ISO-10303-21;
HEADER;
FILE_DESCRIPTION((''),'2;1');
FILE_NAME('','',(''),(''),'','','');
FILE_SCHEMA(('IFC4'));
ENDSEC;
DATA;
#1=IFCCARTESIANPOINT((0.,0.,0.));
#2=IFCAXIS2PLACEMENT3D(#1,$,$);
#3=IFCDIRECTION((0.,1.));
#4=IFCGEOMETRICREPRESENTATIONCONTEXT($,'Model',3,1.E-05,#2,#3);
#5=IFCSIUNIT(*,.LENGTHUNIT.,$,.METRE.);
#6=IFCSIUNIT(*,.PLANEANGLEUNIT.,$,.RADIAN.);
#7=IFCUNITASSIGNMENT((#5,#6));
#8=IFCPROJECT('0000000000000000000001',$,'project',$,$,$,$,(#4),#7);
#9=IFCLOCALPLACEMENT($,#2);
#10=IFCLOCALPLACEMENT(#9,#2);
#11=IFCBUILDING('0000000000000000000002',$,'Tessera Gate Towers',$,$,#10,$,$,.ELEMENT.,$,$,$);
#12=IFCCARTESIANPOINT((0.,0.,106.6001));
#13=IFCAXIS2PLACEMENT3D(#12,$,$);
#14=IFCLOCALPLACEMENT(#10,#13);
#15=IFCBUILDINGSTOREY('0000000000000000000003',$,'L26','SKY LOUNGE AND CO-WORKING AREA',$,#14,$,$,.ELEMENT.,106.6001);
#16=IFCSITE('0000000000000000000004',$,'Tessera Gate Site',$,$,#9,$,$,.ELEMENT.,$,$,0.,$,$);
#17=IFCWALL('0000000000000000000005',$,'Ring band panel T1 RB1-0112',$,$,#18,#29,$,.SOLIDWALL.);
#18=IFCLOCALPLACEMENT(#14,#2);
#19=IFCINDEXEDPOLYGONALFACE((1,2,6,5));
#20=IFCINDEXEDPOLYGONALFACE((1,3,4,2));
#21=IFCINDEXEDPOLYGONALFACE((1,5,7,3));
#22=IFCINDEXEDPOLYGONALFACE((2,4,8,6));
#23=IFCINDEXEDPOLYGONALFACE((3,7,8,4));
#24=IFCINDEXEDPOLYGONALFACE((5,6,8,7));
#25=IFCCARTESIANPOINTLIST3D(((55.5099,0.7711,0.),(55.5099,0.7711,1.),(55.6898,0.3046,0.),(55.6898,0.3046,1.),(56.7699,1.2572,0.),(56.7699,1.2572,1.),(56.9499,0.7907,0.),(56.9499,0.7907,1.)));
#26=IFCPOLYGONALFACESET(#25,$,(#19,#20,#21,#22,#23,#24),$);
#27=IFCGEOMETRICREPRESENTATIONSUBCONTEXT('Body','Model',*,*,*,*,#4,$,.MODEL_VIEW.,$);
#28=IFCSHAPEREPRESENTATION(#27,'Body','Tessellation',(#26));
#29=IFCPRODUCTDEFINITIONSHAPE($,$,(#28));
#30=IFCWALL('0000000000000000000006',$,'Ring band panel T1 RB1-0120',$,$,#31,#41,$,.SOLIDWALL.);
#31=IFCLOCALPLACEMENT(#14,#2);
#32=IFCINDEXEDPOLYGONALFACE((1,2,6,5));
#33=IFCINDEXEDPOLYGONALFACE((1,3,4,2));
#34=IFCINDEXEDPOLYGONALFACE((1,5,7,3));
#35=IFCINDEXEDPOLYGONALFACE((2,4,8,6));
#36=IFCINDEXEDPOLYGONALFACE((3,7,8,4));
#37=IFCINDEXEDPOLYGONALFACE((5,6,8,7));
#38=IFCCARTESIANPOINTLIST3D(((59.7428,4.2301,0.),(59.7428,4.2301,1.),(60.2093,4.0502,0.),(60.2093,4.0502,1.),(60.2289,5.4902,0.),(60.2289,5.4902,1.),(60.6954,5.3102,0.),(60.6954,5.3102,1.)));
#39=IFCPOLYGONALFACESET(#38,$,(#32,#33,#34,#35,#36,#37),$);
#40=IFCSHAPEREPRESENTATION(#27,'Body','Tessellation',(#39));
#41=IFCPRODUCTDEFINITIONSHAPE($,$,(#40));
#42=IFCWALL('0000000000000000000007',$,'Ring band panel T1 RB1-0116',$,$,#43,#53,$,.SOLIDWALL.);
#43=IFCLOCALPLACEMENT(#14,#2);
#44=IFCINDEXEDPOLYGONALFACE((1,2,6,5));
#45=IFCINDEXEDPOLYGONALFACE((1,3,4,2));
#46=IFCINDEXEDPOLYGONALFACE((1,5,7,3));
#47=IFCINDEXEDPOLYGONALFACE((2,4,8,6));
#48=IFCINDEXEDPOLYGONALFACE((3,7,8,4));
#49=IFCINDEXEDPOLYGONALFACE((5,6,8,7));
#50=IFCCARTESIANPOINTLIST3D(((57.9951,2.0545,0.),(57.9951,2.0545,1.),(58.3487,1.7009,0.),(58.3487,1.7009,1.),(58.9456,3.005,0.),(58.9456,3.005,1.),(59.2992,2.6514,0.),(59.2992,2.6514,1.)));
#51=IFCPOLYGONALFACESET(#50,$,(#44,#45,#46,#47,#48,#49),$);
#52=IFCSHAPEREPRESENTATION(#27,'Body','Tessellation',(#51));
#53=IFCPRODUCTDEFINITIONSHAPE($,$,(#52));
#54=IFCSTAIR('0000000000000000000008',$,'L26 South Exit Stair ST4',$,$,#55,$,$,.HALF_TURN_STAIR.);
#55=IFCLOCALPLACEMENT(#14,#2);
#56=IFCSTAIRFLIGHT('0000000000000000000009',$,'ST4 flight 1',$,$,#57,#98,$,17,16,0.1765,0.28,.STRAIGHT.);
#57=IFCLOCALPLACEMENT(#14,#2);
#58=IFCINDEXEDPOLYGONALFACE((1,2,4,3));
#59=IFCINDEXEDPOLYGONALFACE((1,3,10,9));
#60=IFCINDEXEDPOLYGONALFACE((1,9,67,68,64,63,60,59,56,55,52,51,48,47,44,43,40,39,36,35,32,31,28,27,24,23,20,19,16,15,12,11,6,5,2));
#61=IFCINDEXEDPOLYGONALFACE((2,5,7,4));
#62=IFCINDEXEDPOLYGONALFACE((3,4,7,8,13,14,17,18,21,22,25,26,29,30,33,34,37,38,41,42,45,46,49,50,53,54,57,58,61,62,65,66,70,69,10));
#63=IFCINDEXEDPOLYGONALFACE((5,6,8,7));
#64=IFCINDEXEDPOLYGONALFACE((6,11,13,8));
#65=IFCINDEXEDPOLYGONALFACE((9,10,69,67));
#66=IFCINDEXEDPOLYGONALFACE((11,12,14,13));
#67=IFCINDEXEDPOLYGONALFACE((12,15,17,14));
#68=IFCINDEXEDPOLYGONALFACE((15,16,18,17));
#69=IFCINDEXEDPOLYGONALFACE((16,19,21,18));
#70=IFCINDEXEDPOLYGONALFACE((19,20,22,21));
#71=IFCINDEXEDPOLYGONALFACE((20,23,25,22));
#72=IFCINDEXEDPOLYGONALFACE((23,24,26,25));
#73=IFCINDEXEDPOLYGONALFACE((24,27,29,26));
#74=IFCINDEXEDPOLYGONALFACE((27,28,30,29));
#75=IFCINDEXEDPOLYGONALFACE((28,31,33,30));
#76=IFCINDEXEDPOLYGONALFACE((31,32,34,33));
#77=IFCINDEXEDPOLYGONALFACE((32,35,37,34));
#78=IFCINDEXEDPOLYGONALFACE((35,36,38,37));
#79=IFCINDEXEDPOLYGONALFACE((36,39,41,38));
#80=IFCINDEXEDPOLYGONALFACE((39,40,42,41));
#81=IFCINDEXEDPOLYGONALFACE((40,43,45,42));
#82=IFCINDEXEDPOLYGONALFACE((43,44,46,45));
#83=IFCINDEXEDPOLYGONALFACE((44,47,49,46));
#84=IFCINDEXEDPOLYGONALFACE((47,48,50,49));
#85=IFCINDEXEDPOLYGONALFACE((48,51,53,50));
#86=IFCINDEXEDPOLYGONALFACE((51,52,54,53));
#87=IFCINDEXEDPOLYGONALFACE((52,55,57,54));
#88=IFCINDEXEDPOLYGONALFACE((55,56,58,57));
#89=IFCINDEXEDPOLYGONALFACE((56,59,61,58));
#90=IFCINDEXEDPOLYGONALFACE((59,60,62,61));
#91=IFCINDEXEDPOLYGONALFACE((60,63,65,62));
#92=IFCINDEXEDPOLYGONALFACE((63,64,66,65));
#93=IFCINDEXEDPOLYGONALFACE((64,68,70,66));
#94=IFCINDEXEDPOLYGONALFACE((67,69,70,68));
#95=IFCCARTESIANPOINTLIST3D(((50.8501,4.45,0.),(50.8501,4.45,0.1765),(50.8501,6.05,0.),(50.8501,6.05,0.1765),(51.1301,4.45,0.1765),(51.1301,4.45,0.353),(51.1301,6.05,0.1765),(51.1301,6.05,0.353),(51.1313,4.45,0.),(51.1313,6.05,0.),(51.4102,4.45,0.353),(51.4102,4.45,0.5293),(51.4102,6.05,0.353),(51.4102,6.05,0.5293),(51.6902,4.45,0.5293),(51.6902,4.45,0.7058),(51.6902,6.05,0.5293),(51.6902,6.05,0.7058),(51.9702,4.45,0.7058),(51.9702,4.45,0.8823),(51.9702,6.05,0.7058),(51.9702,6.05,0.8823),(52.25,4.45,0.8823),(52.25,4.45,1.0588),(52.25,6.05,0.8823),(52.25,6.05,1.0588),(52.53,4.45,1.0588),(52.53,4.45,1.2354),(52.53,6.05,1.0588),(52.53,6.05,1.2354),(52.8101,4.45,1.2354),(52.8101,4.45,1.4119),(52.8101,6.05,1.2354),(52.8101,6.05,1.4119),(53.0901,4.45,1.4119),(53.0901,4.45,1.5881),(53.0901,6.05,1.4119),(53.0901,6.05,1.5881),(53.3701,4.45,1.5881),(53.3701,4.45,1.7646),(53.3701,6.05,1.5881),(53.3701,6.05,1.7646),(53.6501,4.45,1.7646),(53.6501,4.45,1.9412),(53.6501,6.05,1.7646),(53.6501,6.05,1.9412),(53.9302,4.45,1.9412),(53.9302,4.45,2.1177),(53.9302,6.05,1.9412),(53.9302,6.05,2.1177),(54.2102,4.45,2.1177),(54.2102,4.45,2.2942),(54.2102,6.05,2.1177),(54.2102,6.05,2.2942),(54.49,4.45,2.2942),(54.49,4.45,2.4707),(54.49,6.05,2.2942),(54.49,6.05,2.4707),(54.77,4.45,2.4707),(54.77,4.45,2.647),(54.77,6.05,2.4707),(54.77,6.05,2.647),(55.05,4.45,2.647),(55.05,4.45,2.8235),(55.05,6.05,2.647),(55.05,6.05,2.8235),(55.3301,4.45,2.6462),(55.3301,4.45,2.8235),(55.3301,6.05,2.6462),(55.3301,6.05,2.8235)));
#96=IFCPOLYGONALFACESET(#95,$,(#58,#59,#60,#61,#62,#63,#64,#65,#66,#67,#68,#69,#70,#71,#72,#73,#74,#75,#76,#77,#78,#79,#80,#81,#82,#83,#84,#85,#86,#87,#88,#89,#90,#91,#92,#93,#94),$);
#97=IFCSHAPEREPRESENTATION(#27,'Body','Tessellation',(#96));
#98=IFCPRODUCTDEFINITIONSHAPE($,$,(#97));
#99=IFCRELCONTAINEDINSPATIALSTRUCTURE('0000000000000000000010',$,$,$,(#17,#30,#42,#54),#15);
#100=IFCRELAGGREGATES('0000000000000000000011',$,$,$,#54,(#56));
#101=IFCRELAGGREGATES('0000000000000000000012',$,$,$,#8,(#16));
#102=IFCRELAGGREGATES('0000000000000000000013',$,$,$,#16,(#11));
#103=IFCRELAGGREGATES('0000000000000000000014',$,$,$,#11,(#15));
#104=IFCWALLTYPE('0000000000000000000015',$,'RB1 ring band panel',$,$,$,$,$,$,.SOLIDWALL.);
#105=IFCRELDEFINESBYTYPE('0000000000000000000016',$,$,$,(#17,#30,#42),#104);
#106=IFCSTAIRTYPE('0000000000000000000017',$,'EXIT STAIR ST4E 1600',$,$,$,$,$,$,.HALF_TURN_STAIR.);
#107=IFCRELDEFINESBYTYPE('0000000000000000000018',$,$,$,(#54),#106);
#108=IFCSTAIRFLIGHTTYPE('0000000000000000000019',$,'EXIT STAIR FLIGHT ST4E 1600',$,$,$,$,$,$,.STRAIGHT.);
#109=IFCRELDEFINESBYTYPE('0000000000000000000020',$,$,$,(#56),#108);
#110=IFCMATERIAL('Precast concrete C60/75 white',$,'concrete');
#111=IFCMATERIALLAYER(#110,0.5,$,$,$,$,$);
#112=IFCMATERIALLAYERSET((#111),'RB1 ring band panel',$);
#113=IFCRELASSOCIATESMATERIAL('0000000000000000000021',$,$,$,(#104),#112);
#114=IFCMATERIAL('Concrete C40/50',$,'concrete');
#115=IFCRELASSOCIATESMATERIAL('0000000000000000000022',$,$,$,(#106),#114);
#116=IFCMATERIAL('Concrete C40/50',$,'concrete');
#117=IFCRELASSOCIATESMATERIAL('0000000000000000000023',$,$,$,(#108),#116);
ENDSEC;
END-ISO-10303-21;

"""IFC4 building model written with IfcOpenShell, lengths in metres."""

from ifc_helpers import new_model, si_unit, direction, frame, origin, place, context, subcontext, project, spatial, polyline, outline, extrude, source, transform, mapped, material, layer, layer_set, type_object, element, aggregate, save


model = new_model("IFC4")

# Units and contexts
model_context = context("Model", 3, precision=1e-05, world=origin(), true_north=direction((0.0, 1.0)))
body_context = subcontext(model_context, "Body", "Model", "MODEL_VIEW")
ifc_project = project(units=[si_unit("LENGTHUNIT", "METRE"), si_unit("PLANEANGLEUNIT", "RADIAN")], contexts=[model_context])

# Site, building, storey
site_placement = place(None, origin())
site = spatial("IfcSite", under=ifc_project, at=site_placement, Name="Tessera Gate Site", CompositionType="ELEMENT", RefElevation=0.0)
building_placement = place(site_placement, origin())
building = spatial("IfcBuilding", under=site, at=building_placement, Name="Tessera Gate Towers", CompositionType="ELEMENT")
storey_placement = place(building_placement, frame((0.0, 0.0, 106.6001)))
storey = spatial("IfcBuildingStorey", under=building, at=storey_placement, Name="L26", Description="SKY LOUNGE AND CO-WORKING AREA", CompositionType="ELEMENT", Elevation=106.6001)

# Walls
ifc_material_1 = material(Name="Precast concrete C60/75 white", Category="concrete")
ifc_layer_1 = layer(ifc_material_1, 0.5)
ifc_layer_set_1 = layer_set([ifc_layer_1], Name="RB1 ring band panel")
wall_type_1 = type_object("IfcWallType", Name="RB1 ring band panel", PredefinedType="SOLIDWALL", material=ifc_layer_set_1)
shared_shape_1 = source(origin(), body_context, "Body", "SweptSolid", [
    extrude(outline(polyline([(0.0, 0.0), (1.3506, 0.0), (1.3506, 1.0), (0.0, 1.0), (0.0, 0.0)])), frame((0.0, 0.25, 0.0), z_axis=(0.0, -1.0, 0.0), x_axis=(1.0, 0.0, 0.0)), (0.0, 0.0, 1.0), 0.5),
])
for number, where, z_axis, x_axis, name in (
    (1, (55.5999, 0.5378, 0.0), (0.0, 0.0, 1.0), (0.932982, 0.359924, 0.0), "Ring band panel T1 RB1-0112"),
    (2, (59.9761, 4.1401, 0.0), (0.0, 0.0, 1.0), (0.359924, 0.932982, 0.0), "Ring band panel T1 RB1-0120"),
):
    element("IfcWall", number, at=place(storey_placement, frame(where, z_axis=z_axis, x_axis=x_axis)), inside=storey, type_object=wall_type_1, Name=name, PredefinedType="SOLIDWALL", context=body_context, shape_type="MappedRepresentation", body=[
        mapped(shared_shape_1, transform((0.0, 0.0, 0.0), scale=1.0)),
    ])
shared_shape_2 = source(origin(), body_context, "Body", "SweptSolid", [
    extrude(outline(polyline([(0.0, 0.0), (1.3442, 0.0), (1.3442, 1.0), (0.0, 1.0), (0.0, 0.0)])), frame((0.0, 0.25, 0.0), z_axis=(0.0, -1.0, 0.0), x_axis=(1.0, 0.0, 0.0)), (0.0, 0.0, 1.0), 0.5),
])
wall_1_placement = place(storey_placement, frame((58.1719, 1.8777, 0.0), z_axis=(0.0, 0.0, 1.0), x_axis=(0.707107, 0.707107, 0.0)))
element("IfcWall", 3, at=wall_1_placement, inside=storey, type_object=wall_type_1, Name="Ring band panel T1 RB1-0116", PredefinedType="SOLIDWALL", context=body_context, shape_type="MappedRepresentation", body=[
    mapped(shared_shape_2, transform((0.0, 0.0, 0.0), scale=1.0)),
])

# Stair, stair flight
ifc_material_2 = material(Name="Concrete C40/50", Category="concrete")
stair_type = type_object("IfcStairType", Name="EXIT STAIR ST4E 1600", PredefinedType="HALF_TURN_STAIR", material=ifc_material_2)
stair_placement = place(storey_placement, origin())
stair = element("IfcStair", 4, at=stair_placement, inside=storey, type_object=stair_type, Name="L26 South Exit Stair ST4", PredefinedType="HALF_TURN_STAIR")
ifc_material_3 = material(Name="Concrete C40/50", Category="concrete")
stair_flight_type = type_object("IfcStairFlightType", Name="EXIT STAIR FLIGHT ST4E 1600", PredefinedType="STRAIGHT", material=ifc_material_3)
stair_flight_placement = place(storey_placement, frame((50.8501, 5.25, 0.0), z_axis=(0.0, 0.0, 1.0), x_axis=(1.0, 0.0, 0.0)))
stair_flight = element("IfcStairFlight", 5, at=stair_flight_placement, type_object=stair_flight_type, Name="ST4 flight 1", NumberOfRisers=17, NumberOfTreads=16, PredefinedType="STRAIGHT", RiserHeight=0.1765, TreadLength=0.28, context=body_context, shape_type="SweptSolid", body=[
    extrude(outline(polyline([(0.0, 0.0), (0.0, 0.1765), (0.28, 0.1765), (0.28, 0.353), (0.5601, 0.353), (0.5601, 0.5293), (0.8401, 0.5293), (0.8401, 0.7058), (1.1201, 0.7058), (1.1201, 0.8823), (1.3999, 0.8823), (1.3999, 1.0588), (1.6799, 1.0588), (1.6799, 1.2354), (1.96, 1.2354), (1.96, 1.4119), (2.24, 1.4119), (2.24, 1.5881), (2.52, 1.5881), (2.52, 1.7646), (2.8, 1.7646), (2.8, 1.9412), (3.0801, 1.9412), (3.0801, 2.1177), (3.3601, 2.1177), (3.3601, 2.2942), (3.6399, 2.2942), (3.6399, 2.4707), (3.9199, 2.4707), (3.9199, 2.647), (4.2, 2.647), (4.2, 2.8235), (4.48, 2.8235), (4.48, 3.0), (4.48, 2.6462), (0.2812, 0.0), (0.0, 0.0)])), frame((0.0, 0.8, 0.0), z_axis=(0.0, -1.0, 0.0), x_axis=(1.0, 0.0, 0.0)), (0.0, 0.0, 1.0), 1.6001),
])
aggregate(stair, [stair_flight])

save(model, "model.ifc")
